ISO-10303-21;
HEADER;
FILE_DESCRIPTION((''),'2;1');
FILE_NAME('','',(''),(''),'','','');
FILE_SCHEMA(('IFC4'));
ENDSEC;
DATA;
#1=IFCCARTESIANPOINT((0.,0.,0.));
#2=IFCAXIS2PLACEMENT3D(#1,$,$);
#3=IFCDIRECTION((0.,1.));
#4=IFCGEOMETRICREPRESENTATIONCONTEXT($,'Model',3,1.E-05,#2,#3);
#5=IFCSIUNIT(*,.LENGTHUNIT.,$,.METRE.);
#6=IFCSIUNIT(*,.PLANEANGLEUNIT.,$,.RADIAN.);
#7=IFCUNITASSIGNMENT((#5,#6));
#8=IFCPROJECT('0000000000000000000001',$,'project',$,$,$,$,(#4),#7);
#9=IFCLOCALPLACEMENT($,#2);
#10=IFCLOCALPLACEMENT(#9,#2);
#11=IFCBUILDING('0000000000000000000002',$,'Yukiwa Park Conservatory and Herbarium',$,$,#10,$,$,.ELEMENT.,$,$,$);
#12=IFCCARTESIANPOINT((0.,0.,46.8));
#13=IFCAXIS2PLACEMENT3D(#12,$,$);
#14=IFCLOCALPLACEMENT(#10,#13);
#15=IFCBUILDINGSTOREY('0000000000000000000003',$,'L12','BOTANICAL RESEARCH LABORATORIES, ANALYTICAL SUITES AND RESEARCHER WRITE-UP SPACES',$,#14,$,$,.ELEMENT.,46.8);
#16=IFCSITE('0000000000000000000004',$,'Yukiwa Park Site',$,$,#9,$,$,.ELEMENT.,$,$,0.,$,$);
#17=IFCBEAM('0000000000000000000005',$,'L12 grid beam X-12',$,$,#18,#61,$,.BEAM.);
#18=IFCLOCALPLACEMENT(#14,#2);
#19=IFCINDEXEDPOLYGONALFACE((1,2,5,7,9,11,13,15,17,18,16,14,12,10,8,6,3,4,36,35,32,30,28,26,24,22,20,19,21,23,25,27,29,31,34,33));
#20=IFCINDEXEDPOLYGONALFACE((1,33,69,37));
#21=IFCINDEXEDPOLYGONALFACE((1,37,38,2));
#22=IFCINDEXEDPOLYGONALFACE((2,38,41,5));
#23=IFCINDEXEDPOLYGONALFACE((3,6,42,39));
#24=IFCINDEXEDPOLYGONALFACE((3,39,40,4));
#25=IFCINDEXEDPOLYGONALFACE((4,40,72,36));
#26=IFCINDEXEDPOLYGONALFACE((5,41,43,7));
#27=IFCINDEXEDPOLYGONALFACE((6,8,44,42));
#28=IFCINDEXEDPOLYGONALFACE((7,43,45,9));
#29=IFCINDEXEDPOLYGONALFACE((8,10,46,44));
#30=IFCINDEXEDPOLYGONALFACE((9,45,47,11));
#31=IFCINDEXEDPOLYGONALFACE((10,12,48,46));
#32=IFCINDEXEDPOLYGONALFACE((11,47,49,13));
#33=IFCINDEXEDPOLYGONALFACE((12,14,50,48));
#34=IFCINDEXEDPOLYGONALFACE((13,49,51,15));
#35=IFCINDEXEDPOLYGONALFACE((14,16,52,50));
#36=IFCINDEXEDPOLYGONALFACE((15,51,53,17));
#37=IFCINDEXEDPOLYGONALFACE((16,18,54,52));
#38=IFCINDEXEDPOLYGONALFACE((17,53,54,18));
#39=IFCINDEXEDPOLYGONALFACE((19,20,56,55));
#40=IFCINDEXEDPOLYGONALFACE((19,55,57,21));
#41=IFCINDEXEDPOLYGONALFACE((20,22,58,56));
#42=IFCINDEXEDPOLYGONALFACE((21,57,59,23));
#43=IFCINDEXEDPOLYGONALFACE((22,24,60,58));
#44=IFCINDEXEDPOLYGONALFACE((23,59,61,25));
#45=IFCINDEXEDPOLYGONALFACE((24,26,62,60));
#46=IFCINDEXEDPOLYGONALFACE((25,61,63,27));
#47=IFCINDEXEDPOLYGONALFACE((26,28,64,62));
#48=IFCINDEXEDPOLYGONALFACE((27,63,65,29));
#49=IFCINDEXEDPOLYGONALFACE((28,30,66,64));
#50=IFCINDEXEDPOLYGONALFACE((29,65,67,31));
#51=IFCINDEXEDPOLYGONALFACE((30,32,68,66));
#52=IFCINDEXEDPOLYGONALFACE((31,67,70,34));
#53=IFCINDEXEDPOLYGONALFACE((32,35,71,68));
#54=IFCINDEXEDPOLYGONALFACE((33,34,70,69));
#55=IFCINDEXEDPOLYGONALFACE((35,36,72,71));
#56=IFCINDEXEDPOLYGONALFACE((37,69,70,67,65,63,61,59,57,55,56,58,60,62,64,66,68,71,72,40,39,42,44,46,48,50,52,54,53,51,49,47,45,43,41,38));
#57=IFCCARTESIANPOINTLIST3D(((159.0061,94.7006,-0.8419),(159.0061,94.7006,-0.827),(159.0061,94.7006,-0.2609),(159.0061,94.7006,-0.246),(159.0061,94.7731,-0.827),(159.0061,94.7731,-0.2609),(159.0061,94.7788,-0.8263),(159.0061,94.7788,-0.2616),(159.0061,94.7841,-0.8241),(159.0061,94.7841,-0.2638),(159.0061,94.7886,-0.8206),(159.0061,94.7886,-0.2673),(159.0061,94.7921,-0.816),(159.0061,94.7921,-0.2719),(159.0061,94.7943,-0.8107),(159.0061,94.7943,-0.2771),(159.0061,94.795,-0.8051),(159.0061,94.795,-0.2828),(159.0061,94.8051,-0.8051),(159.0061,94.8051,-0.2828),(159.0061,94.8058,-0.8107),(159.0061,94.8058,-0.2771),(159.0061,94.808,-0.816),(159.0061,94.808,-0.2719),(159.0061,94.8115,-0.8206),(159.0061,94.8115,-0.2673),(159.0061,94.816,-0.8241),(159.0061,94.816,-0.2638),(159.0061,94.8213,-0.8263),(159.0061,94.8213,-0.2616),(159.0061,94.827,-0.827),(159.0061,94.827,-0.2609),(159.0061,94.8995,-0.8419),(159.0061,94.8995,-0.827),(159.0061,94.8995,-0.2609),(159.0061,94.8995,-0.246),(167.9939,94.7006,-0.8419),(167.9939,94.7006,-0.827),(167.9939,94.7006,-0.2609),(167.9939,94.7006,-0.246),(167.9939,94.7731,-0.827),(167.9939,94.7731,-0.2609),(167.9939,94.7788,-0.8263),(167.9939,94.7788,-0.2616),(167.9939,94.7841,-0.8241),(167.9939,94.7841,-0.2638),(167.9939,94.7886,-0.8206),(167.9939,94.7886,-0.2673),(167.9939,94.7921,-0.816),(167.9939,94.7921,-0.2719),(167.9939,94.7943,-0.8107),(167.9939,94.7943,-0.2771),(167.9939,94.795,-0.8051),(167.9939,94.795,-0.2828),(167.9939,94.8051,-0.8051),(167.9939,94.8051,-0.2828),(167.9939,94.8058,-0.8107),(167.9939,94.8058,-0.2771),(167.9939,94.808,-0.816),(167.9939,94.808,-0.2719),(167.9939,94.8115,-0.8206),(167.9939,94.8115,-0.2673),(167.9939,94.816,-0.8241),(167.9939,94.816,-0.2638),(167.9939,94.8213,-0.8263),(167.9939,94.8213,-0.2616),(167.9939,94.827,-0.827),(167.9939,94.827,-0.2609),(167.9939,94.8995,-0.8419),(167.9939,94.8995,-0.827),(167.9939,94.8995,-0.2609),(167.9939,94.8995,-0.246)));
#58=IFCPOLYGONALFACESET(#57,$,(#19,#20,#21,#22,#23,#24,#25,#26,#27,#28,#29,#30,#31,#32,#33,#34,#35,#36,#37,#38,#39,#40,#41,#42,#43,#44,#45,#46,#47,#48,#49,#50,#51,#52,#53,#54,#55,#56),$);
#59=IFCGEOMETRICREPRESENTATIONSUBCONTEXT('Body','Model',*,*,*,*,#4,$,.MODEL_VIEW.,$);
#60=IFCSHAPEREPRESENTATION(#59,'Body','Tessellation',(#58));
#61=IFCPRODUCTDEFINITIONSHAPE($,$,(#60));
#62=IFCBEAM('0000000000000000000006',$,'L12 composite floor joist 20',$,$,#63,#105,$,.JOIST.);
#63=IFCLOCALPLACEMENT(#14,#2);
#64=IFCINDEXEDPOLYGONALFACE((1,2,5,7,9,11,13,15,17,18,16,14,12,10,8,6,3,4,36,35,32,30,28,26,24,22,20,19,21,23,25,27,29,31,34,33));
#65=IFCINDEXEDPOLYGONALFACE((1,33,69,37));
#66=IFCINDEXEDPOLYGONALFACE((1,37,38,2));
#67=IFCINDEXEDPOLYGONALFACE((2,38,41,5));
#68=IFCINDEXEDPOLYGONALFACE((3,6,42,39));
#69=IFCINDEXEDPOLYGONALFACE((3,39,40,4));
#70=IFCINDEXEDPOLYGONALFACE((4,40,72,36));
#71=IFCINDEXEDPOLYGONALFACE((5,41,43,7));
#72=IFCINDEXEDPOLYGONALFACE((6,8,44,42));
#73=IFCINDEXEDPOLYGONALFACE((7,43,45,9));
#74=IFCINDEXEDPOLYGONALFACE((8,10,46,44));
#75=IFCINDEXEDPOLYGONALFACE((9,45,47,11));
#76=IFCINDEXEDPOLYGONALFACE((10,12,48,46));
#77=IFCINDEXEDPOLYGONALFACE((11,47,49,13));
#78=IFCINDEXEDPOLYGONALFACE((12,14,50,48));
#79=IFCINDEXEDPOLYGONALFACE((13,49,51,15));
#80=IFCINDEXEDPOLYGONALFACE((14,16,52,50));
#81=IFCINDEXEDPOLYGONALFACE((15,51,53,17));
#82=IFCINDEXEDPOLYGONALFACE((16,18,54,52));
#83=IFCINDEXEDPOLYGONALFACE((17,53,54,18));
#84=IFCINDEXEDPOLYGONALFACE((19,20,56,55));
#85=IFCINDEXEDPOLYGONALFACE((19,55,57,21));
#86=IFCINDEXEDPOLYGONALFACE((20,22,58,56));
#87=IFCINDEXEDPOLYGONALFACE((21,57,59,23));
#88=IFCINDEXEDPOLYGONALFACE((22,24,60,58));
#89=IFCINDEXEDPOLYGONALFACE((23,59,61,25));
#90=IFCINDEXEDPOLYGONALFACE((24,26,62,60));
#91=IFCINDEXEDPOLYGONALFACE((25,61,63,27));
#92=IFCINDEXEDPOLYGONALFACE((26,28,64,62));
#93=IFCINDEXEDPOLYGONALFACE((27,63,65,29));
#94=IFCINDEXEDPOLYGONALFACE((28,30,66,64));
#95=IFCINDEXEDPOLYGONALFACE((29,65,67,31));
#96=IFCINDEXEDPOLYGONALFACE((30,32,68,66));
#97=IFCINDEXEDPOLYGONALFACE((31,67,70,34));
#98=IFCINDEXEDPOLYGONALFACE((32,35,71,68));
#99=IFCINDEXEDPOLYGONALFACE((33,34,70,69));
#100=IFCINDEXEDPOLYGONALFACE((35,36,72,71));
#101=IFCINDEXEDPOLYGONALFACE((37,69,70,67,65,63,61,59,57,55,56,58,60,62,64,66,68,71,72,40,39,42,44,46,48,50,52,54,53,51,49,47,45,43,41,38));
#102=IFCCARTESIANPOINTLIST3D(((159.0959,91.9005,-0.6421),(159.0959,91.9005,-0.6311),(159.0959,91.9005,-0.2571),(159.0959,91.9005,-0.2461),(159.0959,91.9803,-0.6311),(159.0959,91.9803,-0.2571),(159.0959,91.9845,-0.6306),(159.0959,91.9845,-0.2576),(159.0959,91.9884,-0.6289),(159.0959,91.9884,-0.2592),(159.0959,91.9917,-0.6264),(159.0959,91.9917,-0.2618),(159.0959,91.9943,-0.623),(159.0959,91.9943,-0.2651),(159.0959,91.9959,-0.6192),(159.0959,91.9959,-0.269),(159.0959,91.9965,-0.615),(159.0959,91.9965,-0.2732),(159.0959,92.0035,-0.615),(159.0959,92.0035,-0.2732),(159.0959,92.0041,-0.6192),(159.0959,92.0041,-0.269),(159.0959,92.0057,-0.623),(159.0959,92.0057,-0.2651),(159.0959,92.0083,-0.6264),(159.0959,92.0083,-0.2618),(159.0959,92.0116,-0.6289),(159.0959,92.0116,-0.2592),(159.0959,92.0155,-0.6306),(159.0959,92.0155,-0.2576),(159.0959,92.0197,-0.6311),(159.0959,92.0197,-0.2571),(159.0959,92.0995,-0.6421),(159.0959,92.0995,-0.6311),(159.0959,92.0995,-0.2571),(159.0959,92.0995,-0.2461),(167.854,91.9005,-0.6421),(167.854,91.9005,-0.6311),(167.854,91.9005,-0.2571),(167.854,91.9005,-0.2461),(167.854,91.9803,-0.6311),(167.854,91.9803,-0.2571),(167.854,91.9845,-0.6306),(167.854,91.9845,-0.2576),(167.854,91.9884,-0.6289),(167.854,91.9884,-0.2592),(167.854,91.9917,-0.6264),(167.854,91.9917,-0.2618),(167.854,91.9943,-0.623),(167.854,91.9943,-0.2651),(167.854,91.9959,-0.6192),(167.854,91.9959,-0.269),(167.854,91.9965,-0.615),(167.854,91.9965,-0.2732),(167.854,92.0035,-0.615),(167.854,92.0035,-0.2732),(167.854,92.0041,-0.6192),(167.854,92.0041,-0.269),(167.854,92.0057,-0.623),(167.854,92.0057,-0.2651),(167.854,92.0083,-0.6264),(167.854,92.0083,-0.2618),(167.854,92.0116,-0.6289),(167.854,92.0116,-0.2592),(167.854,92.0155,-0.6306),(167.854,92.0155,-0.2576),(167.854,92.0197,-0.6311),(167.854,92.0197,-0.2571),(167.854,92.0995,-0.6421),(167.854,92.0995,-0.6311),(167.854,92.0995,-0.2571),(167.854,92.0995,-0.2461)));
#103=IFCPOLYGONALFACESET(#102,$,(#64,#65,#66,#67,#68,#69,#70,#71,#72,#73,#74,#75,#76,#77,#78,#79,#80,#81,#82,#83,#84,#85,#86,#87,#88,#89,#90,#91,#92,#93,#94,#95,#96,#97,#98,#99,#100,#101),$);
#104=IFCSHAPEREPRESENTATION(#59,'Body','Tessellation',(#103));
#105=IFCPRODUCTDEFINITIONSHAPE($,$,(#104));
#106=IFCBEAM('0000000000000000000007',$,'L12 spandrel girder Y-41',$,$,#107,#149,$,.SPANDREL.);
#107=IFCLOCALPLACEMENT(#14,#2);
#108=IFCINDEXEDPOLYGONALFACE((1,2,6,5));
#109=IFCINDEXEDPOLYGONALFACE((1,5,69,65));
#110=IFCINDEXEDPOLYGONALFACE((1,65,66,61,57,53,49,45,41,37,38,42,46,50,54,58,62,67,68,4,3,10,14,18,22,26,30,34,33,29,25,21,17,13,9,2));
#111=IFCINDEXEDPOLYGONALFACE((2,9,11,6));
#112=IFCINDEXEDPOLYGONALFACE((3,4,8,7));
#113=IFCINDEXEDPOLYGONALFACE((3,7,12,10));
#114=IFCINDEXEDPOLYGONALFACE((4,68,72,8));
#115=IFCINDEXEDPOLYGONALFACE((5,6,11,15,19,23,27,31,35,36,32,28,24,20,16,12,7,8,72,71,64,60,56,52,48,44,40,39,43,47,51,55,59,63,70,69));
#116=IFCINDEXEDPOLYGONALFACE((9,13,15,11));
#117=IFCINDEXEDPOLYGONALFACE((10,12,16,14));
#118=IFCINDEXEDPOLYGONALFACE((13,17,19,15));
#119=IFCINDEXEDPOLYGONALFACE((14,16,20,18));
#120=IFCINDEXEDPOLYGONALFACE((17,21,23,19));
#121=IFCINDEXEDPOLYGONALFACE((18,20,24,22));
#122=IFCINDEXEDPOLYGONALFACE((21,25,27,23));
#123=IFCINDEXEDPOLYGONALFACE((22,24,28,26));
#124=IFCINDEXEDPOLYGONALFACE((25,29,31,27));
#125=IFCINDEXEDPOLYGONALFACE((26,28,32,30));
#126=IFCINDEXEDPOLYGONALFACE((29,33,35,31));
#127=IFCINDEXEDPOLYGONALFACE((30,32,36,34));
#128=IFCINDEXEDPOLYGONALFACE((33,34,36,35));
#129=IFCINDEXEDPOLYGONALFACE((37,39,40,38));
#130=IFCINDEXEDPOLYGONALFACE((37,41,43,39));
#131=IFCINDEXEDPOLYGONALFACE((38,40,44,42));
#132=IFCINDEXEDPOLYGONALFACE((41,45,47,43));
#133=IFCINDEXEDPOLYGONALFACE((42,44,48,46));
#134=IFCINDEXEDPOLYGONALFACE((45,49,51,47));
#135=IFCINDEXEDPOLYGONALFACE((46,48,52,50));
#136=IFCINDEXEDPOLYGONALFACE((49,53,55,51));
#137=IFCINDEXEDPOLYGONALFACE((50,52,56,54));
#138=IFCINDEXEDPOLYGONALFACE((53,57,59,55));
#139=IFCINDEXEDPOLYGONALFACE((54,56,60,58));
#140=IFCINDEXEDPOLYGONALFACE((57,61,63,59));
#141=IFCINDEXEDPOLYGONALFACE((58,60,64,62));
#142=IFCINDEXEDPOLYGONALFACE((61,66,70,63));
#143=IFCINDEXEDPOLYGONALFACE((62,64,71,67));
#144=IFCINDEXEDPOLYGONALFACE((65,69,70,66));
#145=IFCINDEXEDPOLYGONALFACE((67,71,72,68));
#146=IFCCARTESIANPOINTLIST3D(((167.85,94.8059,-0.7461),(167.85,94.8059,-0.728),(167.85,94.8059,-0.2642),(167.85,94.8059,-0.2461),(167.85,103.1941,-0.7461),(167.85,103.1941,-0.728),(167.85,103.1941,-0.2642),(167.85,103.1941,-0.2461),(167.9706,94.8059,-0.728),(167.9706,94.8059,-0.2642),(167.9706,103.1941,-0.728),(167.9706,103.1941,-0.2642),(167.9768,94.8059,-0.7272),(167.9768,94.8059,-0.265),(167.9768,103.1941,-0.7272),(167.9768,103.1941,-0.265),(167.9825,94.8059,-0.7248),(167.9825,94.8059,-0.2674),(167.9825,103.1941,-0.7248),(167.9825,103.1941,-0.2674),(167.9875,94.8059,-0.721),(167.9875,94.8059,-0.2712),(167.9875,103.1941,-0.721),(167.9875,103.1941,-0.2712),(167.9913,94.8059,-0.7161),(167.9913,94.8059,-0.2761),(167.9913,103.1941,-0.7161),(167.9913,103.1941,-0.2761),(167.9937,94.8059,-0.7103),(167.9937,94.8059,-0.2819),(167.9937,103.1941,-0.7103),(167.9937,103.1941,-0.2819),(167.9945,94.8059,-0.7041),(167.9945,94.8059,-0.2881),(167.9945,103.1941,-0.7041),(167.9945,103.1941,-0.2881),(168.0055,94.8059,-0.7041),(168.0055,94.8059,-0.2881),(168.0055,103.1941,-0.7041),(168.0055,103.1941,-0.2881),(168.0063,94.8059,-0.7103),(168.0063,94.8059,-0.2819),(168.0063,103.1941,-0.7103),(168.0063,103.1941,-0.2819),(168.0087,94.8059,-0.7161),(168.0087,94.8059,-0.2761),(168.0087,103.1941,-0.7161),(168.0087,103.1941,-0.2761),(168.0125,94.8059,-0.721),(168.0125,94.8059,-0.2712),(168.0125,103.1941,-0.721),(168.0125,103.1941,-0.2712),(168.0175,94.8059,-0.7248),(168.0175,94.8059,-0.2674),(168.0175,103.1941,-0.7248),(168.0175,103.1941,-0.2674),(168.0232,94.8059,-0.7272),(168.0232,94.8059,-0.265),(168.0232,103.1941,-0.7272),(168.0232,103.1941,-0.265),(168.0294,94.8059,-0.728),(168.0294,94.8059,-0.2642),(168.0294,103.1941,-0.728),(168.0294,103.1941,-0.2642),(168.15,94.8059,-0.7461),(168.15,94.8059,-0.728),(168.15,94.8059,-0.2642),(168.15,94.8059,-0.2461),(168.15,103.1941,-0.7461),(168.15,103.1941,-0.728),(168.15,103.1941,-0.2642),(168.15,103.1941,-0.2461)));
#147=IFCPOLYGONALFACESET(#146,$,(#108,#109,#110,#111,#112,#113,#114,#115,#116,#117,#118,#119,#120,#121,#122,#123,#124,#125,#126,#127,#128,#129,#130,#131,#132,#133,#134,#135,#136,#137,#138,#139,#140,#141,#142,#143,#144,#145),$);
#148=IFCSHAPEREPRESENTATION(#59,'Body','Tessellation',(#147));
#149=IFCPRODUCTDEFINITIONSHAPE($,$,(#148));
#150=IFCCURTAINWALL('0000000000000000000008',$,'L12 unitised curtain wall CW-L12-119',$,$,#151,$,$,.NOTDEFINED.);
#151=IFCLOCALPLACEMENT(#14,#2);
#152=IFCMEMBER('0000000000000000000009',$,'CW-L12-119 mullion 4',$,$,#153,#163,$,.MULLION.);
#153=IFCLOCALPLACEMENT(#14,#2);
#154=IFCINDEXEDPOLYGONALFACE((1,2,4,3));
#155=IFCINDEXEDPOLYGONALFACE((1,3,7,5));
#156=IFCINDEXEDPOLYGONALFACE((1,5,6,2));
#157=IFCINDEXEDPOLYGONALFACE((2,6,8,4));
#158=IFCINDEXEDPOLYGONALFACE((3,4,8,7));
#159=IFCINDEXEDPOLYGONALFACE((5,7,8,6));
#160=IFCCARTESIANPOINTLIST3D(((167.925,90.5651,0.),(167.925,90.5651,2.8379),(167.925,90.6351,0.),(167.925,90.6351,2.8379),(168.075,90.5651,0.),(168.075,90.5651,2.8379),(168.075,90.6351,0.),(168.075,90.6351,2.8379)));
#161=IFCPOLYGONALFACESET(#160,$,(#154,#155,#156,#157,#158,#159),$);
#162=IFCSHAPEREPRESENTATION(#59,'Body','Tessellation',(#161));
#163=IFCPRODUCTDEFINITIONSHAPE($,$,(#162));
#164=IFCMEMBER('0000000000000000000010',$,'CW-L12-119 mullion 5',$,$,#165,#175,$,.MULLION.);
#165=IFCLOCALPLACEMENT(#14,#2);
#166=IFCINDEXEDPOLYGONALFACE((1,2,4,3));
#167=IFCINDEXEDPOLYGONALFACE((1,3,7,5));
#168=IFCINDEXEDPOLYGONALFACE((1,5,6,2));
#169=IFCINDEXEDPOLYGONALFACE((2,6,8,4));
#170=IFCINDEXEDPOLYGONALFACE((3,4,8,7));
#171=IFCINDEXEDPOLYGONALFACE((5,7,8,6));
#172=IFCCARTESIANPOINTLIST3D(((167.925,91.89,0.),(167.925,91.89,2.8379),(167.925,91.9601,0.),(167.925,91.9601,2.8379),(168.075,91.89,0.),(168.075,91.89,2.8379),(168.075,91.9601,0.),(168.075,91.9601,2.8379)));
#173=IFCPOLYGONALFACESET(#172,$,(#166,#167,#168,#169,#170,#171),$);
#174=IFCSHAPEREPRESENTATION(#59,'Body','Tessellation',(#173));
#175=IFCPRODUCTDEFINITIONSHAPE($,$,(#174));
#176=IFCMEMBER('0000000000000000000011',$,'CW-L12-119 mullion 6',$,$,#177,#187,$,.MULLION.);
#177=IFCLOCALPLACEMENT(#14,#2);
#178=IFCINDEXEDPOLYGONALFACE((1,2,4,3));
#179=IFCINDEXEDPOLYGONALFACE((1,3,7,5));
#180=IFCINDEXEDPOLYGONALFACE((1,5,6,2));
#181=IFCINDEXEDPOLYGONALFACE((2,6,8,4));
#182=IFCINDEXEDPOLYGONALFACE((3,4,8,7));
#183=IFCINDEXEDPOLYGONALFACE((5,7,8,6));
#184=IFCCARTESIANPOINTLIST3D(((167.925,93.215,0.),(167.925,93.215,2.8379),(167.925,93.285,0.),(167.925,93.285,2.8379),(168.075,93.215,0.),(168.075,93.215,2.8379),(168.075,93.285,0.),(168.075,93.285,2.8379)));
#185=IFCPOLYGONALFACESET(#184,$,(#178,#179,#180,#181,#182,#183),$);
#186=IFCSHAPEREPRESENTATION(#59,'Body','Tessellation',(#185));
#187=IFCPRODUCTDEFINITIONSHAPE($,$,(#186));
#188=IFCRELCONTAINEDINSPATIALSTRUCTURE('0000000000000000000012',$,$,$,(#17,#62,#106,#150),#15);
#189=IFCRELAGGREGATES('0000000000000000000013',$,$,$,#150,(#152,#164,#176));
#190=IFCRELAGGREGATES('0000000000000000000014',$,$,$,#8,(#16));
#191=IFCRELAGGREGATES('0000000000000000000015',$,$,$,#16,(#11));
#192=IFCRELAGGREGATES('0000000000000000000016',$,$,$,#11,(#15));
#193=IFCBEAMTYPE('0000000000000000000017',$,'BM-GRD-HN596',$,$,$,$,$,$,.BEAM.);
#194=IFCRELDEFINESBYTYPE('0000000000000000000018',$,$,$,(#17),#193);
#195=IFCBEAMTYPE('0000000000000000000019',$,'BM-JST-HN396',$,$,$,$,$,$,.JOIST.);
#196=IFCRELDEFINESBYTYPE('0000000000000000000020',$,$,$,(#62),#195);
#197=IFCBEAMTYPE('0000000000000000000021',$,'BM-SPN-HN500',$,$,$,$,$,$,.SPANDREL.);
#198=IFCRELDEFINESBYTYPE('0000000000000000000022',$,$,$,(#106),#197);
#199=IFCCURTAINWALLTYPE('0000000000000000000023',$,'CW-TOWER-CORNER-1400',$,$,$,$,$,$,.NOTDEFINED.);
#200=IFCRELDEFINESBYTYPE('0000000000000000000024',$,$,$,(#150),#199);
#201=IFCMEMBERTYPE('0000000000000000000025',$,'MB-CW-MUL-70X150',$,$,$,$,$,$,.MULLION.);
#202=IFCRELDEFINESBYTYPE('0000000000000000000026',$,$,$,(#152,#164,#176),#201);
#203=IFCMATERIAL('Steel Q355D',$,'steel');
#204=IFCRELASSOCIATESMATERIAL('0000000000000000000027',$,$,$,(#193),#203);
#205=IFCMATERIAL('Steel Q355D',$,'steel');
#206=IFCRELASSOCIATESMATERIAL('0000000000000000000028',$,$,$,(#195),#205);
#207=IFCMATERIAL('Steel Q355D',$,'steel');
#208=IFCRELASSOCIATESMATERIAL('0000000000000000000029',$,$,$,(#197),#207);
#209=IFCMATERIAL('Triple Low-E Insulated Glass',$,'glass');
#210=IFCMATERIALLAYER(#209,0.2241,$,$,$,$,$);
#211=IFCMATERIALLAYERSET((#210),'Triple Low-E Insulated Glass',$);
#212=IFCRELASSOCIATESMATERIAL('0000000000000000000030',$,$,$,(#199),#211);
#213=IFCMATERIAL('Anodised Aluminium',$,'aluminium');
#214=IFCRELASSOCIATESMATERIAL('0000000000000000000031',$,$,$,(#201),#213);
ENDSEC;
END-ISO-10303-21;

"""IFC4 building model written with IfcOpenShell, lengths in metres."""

from ifc_helpers import new_model, si_unit, direction, frame, origin, origin_2d, place, context, subcontext, project, spatial, rectangle, i_section, extrude, material, layer, layer_set, material_profile, profile_set, type_object, element, aggregate, save


model = new_model("IFC4")

# Units and contexts
model_context = context("Model", 3, precision=1e-05, world=origin(), true_north=direction((0.0, 1.0)))
body_context = subcontext(model_context, "Body", "Model", "MODEL_VIEW")
ifc_project = project(units=[si_unit("LENGTHUNIT", "METRE"), si_unit("PLANEANGLEUNIT", "RADIAN")], contexts=[model_context])

# Site, building, storey
site_placement = place(None, origin())
site = spatial("IfcSite", under=ifc_project, at=site_placement, Name="Yukiwa Park Site", CompositionType="ELEMENT", RefElevation=0.0)
building_placement = place(site_placement, origin())
building = spatial("IfcBuilding", under=site, at=building_placement, Name="Yukiwa Park Conservatory and Herbarium", CompositionType="ELEMENT")
storey_placement = place(building_placement, frame((0.0, 0.0, 46.8)))
storey = spatial("IfcBuildingStorey", under=building, at=storey_placement, Name="L12", Description="BOTANICAL RESEARCH LABORATORIES, ANALYTICAL SUITES AND RESEARCHER WRITE-UP SPACES", CompositionType="ELEMENT", Elevation=46.8)

# Beams
ifc_material_1 = material(Name="Steel Q355D", Category="steel")
ifc_material_profile_1 = material_profile(ifc_material_1, i_section(OverallWidth=0.199, OverallDepth=0.5959, WebThickness=0.01, FlangeThickness=0.0149, FilletRadius=0.022, at=origin_2d()), Name="HN 596x199x10x15")
ifc_profile_set_1 = profile_set([ifc_material_profile_1], Name="Steel Q355D")
beam_type_1 = type_object("IfcBeamType", Name="BM-GRD-HN596", PredefinedType="BEAM", material=ifc_profile_set_1)
beam_1_placement = place(storey_placement, frame((159.0061, 94.8, -0.5439), z_axis=(1.0, 0.0, 0.0), x_axis=(0.0, 1.0, 0.0)))
element("IfcBeam", 1, at=beam_1_placement, inside=storey, type_object=beam_type_1, Name="L12 grid beam X-12", PredefinedType="BEAM", context=body_context, shape_type="SweptSolid", body=[
    extrude(i_section(OverallWidth=0.199, OverallDepth=0.5959, WebThickness=0.01, FlangeThickness=0.0149, FilletRadius=0.022, at=origin_2d()), origin(), (0.0, 0.0, 1.0), 8.9878),
])
ifc_material_2 = material(Name="Steel Q355D", Category="steel")
ifc_material_profile_2 = material_profile(ifc_material_2, i_section(OverallWidth=0.199, OverallDepth=0.396, WebThickness=0.0071, FlangeThickness=0.011, FilletRadius=0.0161, at=origin_2d()), Name="HN 396x199x7x11")
ifc_profile_set_2 = profile_set([ifc_material_profile_2], Name="Steel Q355D")
beam_type_2 = type_object("IfcBeamType", Name="BM-JST-HN396", PredefinedType="JOIST", material=ifc_profile_set_2)
beam_2_placement = place(storey_placement, frame((159.0959, 92.0, -0.4441), z_axis=(1.0, 0.0, 0.0), x_axis=(0.0, 1.0, 0.0)))
element("IfcBeam", 2, at=beam_2_placement, inside=storey, type_object=beam_type_2, Name="L12 composite floor joist 20", PredefinedType="JOIST", context=body_context, shape_type="SweptSolid", body=[
    extrude(i_section(OverallWidth=0.199, OverallDepth=0.396, WebThickness=0.0071, FlangeThickness=0.011, FilletRadius=0.0161, at=origin_2d()), origin(), (0.0, 0.0, 1.0), 8.7581),
])
ifc_material_3 = material(Name="Steel Q355D", Category="steel")
ifc_material_profile_3 = material_profile(ifc_material_3, i_section(OverallWidth=0.3, OverallDepth=0.5, WebThickness=0.011, FlangeThickness=0.0181, FilletRadius=0.0239, at=origin_2d()), Name="HM 500x300x11x18")
ifc_profile_set_3 = profile_set([ifc_material_profile_3], Name="Steel Q355D")
beam_type_3 = type_object("IfcBeamType", Name="BM-SPN-HN500", PredefinedType="SPANDREL", material=ifc_profile_set_3)
beam_3_placement = place(storey_placement, frame((168.0, 94.8059, -0.4961), z_axis=(0.0, 1.0, 0.0), x_axis=(-1.0, 0.0, 0.0)))
element("IfcBeam", 3, at=beam_3_placement, inside=storey, type_object=beam_type_3, Name="L12 spandrel girder Y-41", PredefinedType="SPANDREL", context=body_context, shape_type="SweptSolid", body=[
    extrude(i_section(OverallWidth=0.3, OverallDepth=0.5, WebThickness=0.011, FlangeThickness=0.0181, FilletRadius=0.0239, at=origin_2d()), origin(), (0.0, 0.0, 1.0), 8.3882),
])

# Curtain wall, members
ifc_material_4 = material(Name="Triple Low-E Insulated Glass", Category="glass")
ifc_layer_1 = layer(ifc_material_4, 0.2241)
ifc_layer_set_1 = layer_set([ifc_layer_1], Name="Triple Low-E Insulated Glass")
curtain_wall_type = type_object("IfcCurtainWallType", Name="CW-TOWER-CORNER-1400", PredefinedType="NOTDEFINED", material=ifc_layer_set_1)
curtain_wall_placement = place(storey_placement, origin())
curtain_wall = element("IfcCurtainWall", 4, at=curtain_wall_placement, inside=storey, type_object=curtain_wall_type, Name="L12 unitised curtain wall CW-L12-119", PredefinedType="NOTDEFINED")
ifc_material_5 = material(Name="Anodised Aluminium", Category="aluminium")
member_type_1 = type_object("IfcMemberType", Name="MB-CW-MUL-70X150", PredefinedType="MULLION", material=ifc_material_5)
member_1_placement = place(storey_placement, frame((168.0, 90.6001, 0.0), z_axis=(0.0, 0.0, 1.0), x_axis=(0.0, 1.0, 0.0)))
member_1 = element("IfcMember", 5, at=member_1_placement, type_object=member_type_1, Name="CW-L12-119 mullion 4", PredefinedType="MULLION", context=body_context, shape_type="SweptSolid", body=[
    extrude(rectangle(XDim=0.0701, YDim=0.1499, at=origin_2d()), origin(), (0.0, 0.0, 1.0), 2.8379),
])
member_2_placement = place(storey_placement, frame((168.0, 91.925, 0.0), z_axis=(0.0, 0.0, 1.0), x_axis=(0.0, 1.0, 0.0)))
member_2 = element("IfcMember", 6, at=member_2_placement, type_object=member_type_1, Name="CW-L12-119 mullion 5", PredefinedType="MULLION", context=body_context, shape_type="SweptSolid", body=[
    extrude(rectangle(XDim=0.0701, YDim=0.1499, at=origin_2d()), origin(), (0.0, 0.0, 1.0), 2.8379),
])
member_3_placement = place(storey_placement, frame((168.0, 93.25, 0.0), z_axis=(0.0, 0.0, 1.0), x_axis=(0.0, 1.0, 0.0)))
member_3 = element("IfcMember", 7, at=member_3_placement, type_object=member_type_1, Name="CW-L12-119 mullion 6", PredefinedType="MULLION", context=body_context, shape_type="SweptSolid", body=[
    extrude(rectangle(XDim=0.0701, YDim=0.1499, at=origin_2d()), origin(), (0.0, 0.0, 1.0), 2.8379),
])
aggregate(curtain_wall, [member_1, member_2, member_3])

save(model, "model.ifc")
